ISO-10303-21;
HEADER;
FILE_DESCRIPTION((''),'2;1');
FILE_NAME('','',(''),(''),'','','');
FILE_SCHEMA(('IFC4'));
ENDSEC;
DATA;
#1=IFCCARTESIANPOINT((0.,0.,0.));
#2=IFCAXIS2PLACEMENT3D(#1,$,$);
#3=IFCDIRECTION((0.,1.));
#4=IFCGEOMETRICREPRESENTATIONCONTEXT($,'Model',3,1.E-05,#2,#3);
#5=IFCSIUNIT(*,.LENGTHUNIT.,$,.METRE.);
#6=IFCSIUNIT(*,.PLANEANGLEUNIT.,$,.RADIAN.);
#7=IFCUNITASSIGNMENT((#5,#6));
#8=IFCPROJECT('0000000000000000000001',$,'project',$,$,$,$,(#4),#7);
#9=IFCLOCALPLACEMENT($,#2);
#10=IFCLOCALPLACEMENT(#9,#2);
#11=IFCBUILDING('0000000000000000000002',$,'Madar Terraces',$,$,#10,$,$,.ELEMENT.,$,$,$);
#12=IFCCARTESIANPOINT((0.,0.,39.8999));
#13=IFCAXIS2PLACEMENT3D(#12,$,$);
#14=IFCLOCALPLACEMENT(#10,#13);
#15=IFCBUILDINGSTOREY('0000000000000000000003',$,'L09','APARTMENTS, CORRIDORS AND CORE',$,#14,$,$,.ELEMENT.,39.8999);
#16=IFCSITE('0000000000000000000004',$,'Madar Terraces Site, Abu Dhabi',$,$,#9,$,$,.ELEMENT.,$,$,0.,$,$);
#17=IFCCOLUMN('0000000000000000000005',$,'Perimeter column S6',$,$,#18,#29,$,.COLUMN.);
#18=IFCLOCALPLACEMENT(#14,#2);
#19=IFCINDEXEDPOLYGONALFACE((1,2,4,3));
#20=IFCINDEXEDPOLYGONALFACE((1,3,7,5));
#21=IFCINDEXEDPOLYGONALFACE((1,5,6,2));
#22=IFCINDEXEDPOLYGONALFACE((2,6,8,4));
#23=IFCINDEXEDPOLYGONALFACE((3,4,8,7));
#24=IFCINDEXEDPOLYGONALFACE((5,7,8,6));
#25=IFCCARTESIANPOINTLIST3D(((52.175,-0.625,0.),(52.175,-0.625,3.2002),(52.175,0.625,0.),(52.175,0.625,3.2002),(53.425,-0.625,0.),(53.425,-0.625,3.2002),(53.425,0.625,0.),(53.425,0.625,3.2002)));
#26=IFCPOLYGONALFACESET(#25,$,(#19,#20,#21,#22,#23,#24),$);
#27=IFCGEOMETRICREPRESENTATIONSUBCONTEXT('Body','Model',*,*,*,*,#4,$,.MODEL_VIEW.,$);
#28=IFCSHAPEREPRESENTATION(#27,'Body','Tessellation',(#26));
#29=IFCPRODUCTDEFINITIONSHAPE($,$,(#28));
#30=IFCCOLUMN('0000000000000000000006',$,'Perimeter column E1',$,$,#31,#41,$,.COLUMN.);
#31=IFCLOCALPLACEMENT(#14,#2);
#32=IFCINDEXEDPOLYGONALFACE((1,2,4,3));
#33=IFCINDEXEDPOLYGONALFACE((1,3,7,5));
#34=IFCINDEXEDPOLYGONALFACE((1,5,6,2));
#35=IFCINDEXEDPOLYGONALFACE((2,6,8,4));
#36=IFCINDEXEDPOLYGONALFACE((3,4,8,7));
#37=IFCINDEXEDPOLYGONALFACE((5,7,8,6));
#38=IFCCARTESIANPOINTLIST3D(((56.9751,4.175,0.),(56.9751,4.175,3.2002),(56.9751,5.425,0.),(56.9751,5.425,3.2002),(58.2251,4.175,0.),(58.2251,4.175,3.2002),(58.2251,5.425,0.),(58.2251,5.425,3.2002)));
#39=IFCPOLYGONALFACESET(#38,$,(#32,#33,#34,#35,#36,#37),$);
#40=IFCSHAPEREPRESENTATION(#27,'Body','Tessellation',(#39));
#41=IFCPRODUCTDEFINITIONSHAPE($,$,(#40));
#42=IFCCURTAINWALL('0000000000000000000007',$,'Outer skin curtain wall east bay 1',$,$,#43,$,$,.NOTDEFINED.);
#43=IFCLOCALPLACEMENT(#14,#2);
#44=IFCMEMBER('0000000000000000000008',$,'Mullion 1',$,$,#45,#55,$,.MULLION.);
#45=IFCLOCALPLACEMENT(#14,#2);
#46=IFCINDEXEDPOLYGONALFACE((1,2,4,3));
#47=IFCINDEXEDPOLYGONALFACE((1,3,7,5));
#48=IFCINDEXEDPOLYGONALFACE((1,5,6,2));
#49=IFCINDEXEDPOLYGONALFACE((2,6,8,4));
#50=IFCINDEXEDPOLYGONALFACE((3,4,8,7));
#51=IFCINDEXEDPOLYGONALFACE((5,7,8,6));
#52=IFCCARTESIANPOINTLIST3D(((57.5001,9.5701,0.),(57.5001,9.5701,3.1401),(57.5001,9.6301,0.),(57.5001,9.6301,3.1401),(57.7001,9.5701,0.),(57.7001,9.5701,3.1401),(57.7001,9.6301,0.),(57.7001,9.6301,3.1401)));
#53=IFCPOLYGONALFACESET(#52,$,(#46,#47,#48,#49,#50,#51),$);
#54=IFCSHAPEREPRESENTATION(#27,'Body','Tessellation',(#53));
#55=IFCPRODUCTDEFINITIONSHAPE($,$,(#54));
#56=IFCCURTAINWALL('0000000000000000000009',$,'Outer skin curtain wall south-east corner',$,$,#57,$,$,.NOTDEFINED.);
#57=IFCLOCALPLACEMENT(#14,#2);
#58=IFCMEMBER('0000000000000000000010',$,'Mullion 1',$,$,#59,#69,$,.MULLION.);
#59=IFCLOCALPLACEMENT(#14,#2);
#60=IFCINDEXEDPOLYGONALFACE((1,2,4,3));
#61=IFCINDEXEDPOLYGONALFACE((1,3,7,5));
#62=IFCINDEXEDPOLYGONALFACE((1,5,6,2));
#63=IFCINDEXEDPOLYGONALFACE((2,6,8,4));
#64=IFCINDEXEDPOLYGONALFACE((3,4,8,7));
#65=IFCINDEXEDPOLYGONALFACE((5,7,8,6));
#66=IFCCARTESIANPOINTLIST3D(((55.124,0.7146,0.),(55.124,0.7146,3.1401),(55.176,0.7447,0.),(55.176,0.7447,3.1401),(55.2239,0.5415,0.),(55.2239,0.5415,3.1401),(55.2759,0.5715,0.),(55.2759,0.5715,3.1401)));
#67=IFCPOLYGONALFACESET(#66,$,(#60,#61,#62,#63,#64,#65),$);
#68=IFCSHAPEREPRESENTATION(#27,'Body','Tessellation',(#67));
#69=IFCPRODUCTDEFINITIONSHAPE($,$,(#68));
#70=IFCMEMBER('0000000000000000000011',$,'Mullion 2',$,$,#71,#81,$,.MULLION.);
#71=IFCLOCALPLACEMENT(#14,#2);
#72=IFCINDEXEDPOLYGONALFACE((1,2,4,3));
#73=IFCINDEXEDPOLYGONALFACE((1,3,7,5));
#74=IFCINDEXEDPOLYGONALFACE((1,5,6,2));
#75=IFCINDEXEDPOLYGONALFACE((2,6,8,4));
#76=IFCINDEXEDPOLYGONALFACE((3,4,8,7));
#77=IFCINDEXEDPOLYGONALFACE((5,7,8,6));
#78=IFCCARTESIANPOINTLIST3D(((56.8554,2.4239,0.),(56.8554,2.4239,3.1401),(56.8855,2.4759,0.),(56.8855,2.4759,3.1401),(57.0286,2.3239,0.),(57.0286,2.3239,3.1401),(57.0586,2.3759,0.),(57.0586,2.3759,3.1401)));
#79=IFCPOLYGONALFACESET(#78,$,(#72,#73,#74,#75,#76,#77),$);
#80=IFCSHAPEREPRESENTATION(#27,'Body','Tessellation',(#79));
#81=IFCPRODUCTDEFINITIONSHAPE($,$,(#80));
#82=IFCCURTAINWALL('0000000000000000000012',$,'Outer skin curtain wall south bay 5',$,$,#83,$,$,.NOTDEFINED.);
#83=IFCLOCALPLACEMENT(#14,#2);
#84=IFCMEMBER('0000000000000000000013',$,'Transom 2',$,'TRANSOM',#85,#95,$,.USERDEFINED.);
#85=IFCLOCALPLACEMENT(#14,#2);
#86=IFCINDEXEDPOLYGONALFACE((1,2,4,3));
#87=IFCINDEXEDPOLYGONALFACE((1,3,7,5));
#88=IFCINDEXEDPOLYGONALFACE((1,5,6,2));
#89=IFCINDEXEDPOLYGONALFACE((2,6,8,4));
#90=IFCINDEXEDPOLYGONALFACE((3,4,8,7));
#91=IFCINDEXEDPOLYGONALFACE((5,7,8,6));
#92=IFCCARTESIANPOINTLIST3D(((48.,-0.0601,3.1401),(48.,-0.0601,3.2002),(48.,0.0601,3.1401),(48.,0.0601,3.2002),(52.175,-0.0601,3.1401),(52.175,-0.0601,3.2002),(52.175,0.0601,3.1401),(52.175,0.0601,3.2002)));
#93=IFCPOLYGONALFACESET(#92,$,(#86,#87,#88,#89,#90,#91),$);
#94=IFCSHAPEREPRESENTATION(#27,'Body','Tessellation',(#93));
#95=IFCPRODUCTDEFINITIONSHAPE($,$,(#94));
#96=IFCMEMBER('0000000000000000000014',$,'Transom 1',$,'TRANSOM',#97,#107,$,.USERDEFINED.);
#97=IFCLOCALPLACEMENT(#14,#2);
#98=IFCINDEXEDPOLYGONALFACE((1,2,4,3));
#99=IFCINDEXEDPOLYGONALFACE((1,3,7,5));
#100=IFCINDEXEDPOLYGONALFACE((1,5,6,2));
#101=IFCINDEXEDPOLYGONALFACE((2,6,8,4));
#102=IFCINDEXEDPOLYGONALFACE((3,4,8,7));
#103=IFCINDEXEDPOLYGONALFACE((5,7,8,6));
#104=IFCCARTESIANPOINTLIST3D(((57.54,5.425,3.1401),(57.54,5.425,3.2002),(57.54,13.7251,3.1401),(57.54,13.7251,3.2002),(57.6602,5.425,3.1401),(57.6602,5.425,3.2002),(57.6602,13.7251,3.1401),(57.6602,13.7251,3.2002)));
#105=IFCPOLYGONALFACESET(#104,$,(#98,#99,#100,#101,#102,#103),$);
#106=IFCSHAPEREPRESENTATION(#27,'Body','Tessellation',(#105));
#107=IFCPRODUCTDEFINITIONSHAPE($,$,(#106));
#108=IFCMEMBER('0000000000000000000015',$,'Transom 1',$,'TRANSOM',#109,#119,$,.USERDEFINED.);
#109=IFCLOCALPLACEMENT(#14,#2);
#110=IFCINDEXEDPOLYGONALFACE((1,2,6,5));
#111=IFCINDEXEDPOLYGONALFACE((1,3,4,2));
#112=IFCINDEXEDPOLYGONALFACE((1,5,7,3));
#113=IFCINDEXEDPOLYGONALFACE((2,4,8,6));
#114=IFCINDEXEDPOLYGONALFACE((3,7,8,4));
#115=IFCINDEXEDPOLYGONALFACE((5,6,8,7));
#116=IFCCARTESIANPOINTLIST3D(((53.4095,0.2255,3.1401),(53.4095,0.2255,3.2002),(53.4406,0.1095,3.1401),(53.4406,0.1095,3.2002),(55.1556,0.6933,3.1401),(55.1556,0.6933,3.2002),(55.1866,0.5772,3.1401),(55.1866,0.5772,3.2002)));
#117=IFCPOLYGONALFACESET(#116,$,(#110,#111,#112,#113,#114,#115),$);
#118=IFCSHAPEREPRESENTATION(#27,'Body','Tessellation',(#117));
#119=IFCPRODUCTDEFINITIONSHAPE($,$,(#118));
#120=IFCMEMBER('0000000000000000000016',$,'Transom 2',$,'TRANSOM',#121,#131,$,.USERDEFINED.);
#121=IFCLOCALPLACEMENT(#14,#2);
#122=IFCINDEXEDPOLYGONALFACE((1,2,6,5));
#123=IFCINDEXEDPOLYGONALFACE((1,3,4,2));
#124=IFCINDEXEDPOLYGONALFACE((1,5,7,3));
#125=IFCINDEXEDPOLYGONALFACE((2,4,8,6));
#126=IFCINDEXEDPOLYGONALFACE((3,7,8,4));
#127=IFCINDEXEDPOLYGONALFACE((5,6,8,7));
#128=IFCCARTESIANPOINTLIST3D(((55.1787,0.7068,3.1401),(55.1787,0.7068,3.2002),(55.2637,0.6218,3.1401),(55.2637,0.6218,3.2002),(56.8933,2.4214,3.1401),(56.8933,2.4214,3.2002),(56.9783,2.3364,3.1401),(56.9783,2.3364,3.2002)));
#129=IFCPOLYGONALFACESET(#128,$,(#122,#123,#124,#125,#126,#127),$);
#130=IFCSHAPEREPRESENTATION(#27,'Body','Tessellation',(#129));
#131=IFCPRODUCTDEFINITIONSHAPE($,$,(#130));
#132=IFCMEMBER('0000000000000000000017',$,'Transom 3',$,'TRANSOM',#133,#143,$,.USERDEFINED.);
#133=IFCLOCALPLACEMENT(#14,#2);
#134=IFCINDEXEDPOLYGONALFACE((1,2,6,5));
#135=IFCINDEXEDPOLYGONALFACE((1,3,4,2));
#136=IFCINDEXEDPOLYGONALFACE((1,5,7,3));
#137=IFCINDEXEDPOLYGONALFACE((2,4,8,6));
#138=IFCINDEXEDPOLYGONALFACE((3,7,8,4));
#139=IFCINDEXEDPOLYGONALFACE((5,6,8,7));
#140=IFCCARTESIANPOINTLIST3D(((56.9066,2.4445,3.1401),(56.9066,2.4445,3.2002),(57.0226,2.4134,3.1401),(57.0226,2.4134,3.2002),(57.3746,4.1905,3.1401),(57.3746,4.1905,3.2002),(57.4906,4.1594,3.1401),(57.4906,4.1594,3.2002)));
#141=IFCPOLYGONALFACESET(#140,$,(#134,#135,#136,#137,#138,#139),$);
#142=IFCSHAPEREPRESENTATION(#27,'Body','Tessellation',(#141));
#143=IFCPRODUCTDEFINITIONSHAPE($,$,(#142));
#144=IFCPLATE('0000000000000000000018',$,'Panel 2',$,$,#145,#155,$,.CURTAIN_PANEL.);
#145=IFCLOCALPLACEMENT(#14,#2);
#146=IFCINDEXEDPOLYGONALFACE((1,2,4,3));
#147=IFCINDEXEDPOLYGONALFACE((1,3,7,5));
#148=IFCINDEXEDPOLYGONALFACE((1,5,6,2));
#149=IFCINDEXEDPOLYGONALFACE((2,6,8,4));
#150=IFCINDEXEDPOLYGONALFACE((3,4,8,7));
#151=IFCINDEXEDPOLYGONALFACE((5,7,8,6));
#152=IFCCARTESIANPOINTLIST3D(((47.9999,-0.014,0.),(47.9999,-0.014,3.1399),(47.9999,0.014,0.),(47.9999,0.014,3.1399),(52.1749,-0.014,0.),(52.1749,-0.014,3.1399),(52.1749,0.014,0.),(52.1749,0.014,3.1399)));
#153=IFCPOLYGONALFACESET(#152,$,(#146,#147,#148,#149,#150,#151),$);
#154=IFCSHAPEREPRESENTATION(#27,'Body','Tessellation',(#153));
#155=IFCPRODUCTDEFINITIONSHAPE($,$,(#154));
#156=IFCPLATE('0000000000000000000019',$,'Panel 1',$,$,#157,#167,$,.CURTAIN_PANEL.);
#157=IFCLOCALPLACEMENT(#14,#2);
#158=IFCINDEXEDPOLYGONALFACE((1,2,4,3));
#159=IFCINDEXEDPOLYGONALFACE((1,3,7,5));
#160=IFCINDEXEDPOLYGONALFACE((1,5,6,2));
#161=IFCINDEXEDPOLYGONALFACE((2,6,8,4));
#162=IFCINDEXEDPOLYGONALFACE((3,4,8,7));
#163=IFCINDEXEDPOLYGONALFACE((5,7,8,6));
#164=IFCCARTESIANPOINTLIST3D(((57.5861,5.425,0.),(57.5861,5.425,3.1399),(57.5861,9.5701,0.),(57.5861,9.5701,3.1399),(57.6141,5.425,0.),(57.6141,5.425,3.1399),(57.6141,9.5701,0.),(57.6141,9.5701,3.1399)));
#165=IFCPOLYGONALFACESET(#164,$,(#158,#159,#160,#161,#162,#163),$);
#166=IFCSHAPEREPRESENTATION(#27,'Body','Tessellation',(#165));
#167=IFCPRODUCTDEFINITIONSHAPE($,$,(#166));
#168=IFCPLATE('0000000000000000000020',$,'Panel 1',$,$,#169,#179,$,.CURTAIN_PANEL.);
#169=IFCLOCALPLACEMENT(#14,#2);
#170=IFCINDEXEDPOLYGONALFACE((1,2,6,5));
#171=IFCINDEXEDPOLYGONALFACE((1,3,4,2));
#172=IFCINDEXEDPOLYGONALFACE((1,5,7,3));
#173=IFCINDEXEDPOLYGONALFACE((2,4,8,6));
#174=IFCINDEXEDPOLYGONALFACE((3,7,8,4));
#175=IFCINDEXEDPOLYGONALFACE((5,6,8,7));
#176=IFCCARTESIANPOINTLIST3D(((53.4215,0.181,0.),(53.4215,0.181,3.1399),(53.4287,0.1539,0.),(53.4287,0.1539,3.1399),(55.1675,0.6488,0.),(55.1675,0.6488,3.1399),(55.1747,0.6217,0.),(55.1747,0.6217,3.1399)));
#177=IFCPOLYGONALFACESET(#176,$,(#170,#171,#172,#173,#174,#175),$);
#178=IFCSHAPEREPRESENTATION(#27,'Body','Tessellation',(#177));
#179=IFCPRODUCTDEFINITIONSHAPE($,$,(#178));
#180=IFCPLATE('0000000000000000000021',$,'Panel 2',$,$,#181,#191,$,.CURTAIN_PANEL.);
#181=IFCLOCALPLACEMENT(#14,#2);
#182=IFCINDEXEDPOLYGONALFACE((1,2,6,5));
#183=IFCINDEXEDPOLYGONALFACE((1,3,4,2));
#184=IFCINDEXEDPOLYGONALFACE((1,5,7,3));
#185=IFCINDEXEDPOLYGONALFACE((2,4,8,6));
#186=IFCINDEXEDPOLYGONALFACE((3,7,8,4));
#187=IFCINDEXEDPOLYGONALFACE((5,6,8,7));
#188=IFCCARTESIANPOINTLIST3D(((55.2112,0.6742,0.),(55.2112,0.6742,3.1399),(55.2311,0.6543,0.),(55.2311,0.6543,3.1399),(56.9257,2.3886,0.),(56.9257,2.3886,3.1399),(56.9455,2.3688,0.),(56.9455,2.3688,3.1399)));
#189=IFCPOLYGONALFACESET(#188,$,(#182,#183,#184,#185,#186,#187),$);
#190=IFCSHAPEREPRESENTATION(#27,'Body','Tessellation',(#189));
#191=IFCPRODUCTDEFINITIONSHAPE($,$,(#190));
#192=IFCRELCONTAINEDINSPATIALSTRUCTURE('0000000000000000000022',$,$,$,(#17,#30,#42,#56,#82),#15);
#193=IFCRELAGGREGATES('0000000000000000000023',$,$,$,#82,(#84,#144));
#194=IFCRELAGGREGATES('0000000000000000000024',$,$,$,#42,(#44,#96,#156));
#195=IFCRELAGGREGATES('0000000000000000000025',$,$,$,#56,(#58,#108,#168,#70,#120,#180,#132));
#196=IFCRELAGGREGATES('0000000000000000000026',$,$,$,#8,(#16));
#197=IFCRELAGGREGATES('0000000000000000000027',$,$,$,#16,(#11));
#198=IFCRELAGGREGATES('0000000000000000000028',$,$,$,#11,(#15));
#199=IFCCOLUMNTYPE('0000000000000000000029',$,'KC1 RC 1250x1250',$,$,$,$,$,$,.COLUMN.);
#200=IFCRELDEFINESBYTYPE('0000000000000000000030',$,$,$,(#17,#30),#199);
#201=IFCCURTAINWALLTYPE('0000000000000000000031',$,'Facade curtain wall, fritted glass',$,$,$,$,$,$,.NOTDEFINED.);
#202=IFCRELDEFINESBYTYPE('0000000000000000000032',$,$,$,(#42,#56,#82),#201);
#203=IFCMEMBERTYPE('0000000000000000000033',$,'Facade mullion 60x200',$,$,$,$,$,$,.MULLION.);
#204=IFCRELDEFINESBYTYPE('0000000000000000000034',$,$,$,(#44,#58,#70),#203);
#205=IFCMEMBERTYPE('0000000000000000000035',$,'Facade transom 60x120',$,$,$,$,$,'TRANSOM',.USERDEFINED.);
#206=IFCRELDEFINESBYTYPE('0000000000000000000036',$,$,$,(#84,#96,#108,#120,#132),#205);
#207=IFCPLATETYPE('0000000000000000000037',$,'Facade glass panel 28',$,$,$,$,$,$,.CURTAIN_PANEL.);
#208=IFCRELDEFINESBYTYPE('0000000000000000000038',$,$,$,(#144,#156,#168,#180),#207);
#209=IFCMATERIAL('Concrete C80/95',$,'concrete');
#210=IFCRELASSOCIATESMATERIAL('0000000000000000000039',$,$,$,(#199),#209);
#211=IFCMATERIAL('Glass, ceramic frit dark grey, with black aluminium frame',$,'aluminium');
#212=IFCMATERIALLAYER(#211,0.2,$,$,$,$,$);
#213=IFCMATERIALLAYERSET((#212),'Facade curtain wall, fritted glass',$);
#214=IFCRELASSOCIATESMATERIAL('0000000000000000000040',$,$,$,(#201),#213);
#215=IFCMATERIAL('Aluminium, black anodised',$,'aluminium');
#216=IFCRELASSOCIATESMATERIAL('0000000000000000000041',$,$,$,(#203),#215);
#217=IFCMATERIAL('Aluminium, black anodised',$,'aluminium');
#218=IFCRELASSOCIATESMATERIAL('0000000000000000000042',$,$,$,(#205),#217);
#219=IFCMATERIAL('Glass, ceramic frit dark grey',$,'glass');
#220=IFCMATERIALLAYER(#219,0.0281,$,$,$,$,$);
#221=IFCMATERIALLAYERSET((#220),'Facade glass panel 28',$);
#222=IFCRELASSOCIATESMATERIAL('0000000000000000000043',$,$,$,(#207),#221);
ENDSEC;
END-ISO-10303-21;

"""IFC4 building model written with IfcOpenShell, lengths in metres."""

from ifc_helpers import new_model, si_unit, direction, frame, origin, origin_2d, place, context, subcontext, project, spatial, rectangle, extrude, material, layer, layer_set, material_profile, profile_set, type_object, element, aggregate, save


model = new_model("IFC4")

# Units and contexts
model_context = context("Model", 3, precision=1e-05, world=origin(), true_north=direction((0.0, 1.0)))
body_context = subcontext(model_context, "Body", "Model", "MODEL_VIEW")
ifc_project = project(units=[si_unit("LENGTHUNIT", "METRE"), si_unit("PLANEANGLEUNIT", "RADIAN")], contexts=[model_context])

# Site, building, storey
site_placement = place(None, origin())
site = spatial("IfcSite", under=ifc_project, at=site_placement, Name="Madar Terraces Site, Abu Dhabi", CompositionType="ELEMENT", RefElevation=0.0)
building_placement = place(site_placement, origin())
building = spatial("IfcBuilding", under=site, at=building_placement, Name="Madar Terraces", CompositionType="ELEMENT")
storey_placement = place(building_placement, frame((0.0, 0.0, 39.8999)))
storey = spatial("IfcBuildingStorey", under=building, at=storey_placement, Name="L09", Description="APARTMENTS, CORRIDORS AND CORE", CompositionType="ELEMENT", Elevation=39.8999)

# Columns
ifc_material_1 = material(Name="Concrete C80/95", Category="concrete")
ifc_material_profile_1 = material_profile(ifc_material_1, rectangle(XDim=1.25, YDim=1.25, at=origin_2d()), Name="KC1 RC 1250x1250")
ifc_profile_set_1 = profile_set([ifc_material_profile_1], Name="Concrete C80/95")
column_type = type_object("IfcColumnType", Name="KC1 RC 1250x1250", PredefinedType="COLUMN", material=ifc_profile_set_1)
for number, where, z_axis, x_axis, name in (
    (1, (52.8, 0.0, 0.0), (0.0, 0.0, 1.0), (1.0, 0.0, 0.0), "Perimeter column S6"),
    (2, (57.6001, 4.8, 0.0), (0.0, 0.0, 1.0), (1.0, 0.0, 0.0), "Perimeter column E1"),
):
    element("IfcColumn", number, at=place(storey_placement, frame(where, z_axis=z_axis, x_axis=x_axis)), inside=storey, type_object=column_type, Name=name, PredefinedType="COLUMN", context=body_context, shape_type="SweptSolid", body=[
        extrude(rectangle(XDim=1.25, YDim=1.25, at=origin_2d()), origin(), (0.0, 0.0, 1.0), 3.2002),
    ])

# Curtain wall, member
ifc_material_2 = material(Name="Glass, ceramic frit dark grey, with black aluminium frame", Category="aluminium")
ifc_layer_1 = layer(ifc_material_2, 0.2)
ifc_layer_set_1 = layer_set([ifc_layer_1], Name="Facade curtain wall, fritted glass")
curtain_wall_type = type_object("IfcCurtainWallType", Name="Facade curtain wall, fritted glass", PredefinedType="NOTDEFINED", material=ifc_layer_set_1)
curtain_wall_1_placement = place(storey_placement, origin())
curtain_wall_1 = element("IfcCurtainWall", 3, at=curtain_wall_1_placement, inside=storey, type_object=curtain_wall_type, Name="Outer skin curtain wall east bay 1", PredefinedType="NOTDEFINED")
ifc_material_3 = material(Name="Aluminium, black anodised", Category="aluminium")
ifc_material_profile_2 = material_profile(ifc_material_3, rectangle(XDim=0.2, YDim=0.0601, at=origin_2d()), Name="Facade mullion 60x200")
ifc_profile_set_2 = profile_set([ifc_material_profile_2], Name="Aluminium, black anodised")
member_type_1 = type_object("IfcMemberType", Name="Facade mullion 60x200", PredefinedType="MULLION", material=ifc_profile_set_2)
member_1_placement = place(storey_placement, frame((57.6001, 9.6001, 0.0), z_axis=(0.0, 0.0, 1.0), x_axis=(-1.0, 0.0, 0.0)))
member_1 = element("IfcMember", 4, at=member_1_placement, type_object=member_type_1, Name="Mullion 1", PredefinedType="MULLION", context=body_context, shape_type="SweptSolid", body=[
    extrude(rectangle(XDim=0.2, YDim=0.0601, at=origin_2d()), origin(), (0.0, 0.0, 1.0), 3.1401),
])

# Curtain wall, members
curtain_wall_2_placement = place(storey_placement, origin())
curtain_wall_2 = element("IfcCurtainWall", 5, at=curtain_wall_2_placement, inside=storey, type_object=curtain_wall_type, Name="Outer skin curtain wall south-east corner", PredefinedType="NOTDEFINED")
member_2_placement = place(storey_placement, frame((55.2, 0.6431, 0.0), z_axis=(0.0, 0.0, 1.0), x_axis=(-0.5, 0.866025, 0.0)))
member_2 = element("IfcMember", 6, at=member_2_placement, type_object=member_type_1, Name="Mullion 1", PredefinedType="MULLION", context=body_context, shape_type="SweptSolid", body=[
    extrude(rectangle(XDim=0.2, YDim=0.0601, at=origin_2d()), origin(), (0.0, 0.0, 1.0), 3.1401),
])
member_3_placement = place(storey_placement, frame((56.957, 2.3999, 0.0), z_axis=(0.0, 0.0, 1.0), x_axis=(-0.866025, 0.5, 0.0)))
member_3 = element("IfcMember", 7, at=member_3_placement, type_object=member_type_1, Name="Mullion 2", PredefinedType="MULLION", context=body_context, shape_type="SweptSolid", body=[
    extrude(rectangle(XDim=0.2, YDim=0.0601, at=origin_2d()), origin(), (0.0, 0.0, 1.0), 3.1401),
])

# Curtain wall, member
curtain_wall_3_placement = place(storey_placement, origin())
curtain_wall_3 = element("IfcCurtainWall", 8, at=curtain_wall_3_placement, inside=storey, type_object=curtain_wall_type, Name="Outer skin curtain wall south bay 5", PredefinedType="NOTDEFINED")
ifc_material_4 = material(Name="Aluminium, black anodised", Category="aluminium")
ifc_material_profile_3 = material_profile(ifc_material_4, rectangle(XDim=0.1201, YDim=0.0601, at=origin_2d()), Name="Facade transom 60x120")
ifc_profile_set_3 = profile_set([ifc_material_profile_3], Name="Aluminium, black anodised")
member_type_2 = type_object("IfcMemberType", Name="Facade transom 60x120", ElementType="TRANSOM", PredefinedType="USERDEFINED", material=ifc_profile_set_3)
member_4_placement = place(storey_placement, frame((48.0, 0.0, 3.1702), z_axis=(1.0, 0.0, 0.0), x_axis=(0.0, 1.0, 0.0)))
member_4 = element("IfcMember", 9, at=member_4_placement, type_object=member_type_2, Name="Transom 2", ObjectType="TRANSOM", PredefinedType="USERDEFINED", context=body_context, shape_type="SweptSolid", body=[
    extrude(rectangle(XDim=0.1201, YDim=0.0601, at=origin_2d()), origin(), (0.0, 0.0, 1.0), 4.175),
])

# Members
member_5_placement = place(storey_placement, frame((57.6001, 5.425, 3.1702), z_axis=(0.0, 1.0, 0.0), x_axis=(-1.0, 0.0, 0.0)))
member_5 = element("IfcMember", 10, at=member_5_placement, type_object=member_type_2, Name="Transom 1", ObjectType="TRANSOM", PredefinedType="USERDEFINED", context=body_context, shape_type="SweptSolid", body=[
    extrude(rectangle(XDim=0.1201, YDim=0.0601, at=origin_2d()), origin(), (0.0, 0.0, 1.0), 8.3),
])
member_6_placement = place(storey_placement, frame((53.425, 0.1675, 3.1702), z_axis=(0.965938, 0.258772, 0.0), x_axis=(-0.258772, 0.965938, 0.0)))
member_6 = element("IfcMember", 11, at=member_6_placement, type_object=member_type_2, Name="Transom 1", ObjectType="TRANSOM", PredefinedType="USERDEFINED", context=body_context, shape_type="SweptSolid", body=[
    extrude(rectangle(XDim=0.1201, YDim=0.0601, at=origin_2d()), origin(), (0.0, 0.0, 1.0), 1.8076),
])
member_7_placement = place(storey_placement, frame((55.2212, 0.6643, 3.1702), z_axis=(0.707107, 0.707107, 0.0), x_axis=(-0.707107, 0.707107, 0.0)))
member_7 = element("IfcMember", 12, at=member_7_placement, type_object=member_type_2, Name="Transom 2", ObjectType="TRANSOM", PredefinedType="USERDEFINED", context=body_context, shape_type="SweptSolid", body=[
    extrude(rectangle(XDim=0.1201, YDim=0.0601, at=origin_2d()), origin(), (0.0, 0.0, 1.0), 2.4248),
])
member_8_placement = place(storey_placement, frame((56.9646, 2.429, 3.1702), z_axis=(0.258898, 0.965905, 0.0), x_axis=(-0.965905, 0.258898, 0.0)))
member_8 = element("IfcMember", 13, at=member_8_placement, type_object=member_type_2, Name="Transom 3", ObjectType="TRANSOM", PredefinedType="USERDEFINED", context=body_context, shape_type="SweptSolid", body=[
    extrude(rectangle(XDim=0.1201, YDim=0.0601, at=origin_2d()), origin(), (0.0, 0.0, 1.0), 1.8076),
])

# Plates
ifc_material_5 = material(Name="Glass, ceramic frit dark grey", Category="glass")
ifc_layer_2 = layer(ifc_material_5, 0.0281)
ifc_layer_set_2 = layer_set([ifc_layer_2], Name="Facade glass panel 28")
plate_type = type_object("IfcPlateType", Name="Facade glass panel 28", PredefinedType="CURTAIN_PANEL", material=ifc_layer_set_2)
plate_1_placement = place(storey_placement, frame((50.0874, 0.0, 0.0), z_axis=(0.0, 0.0, 1.0), x_axis=(1.0, 0.0, 0.0)))
plate_1 = element("IfcPlate", 14, at=plate_1_placement, type_object=plate_type, Name="Panel 2", PredefinedType="CURTAIN_PANEL", context=body_context, shape_type="SweptSolid", body=[
    extrude(rectangle(XDim=4.175, YDim=0.0281, at=origin_2d()), origin(), (0.0, 0.0, 1.0), 3.1399),
])
aggregate(curtain_wall_3, [member_4, plate_1])
plate_2_placement = place(storey_placement, frame((57.6001, 7.4976, 0.0), z_axis=(0.0, 0.0, 1.0), x_axis=(0.0, 1.0, 0.0)))
plate_2 = element("IfcPlate", 15, at=plate_2_placement, type_object=plate_type, Name="Panel 1", PredefinedType="CURTAIN_PANEL", context=body_context, shape_type="SweptSolid", body=[
    extrude(rectangle(XDim=4.145, YDim=0.0281, at=origin_2d()), origin(), (0.0, 0.0, 1.0), 3.1399),
])
aggregate(curtain_wall_1, [member_1, member_5, plate_2])
plate_3_placement = place(storey_placement, frame((54.2981, 0.4014, 0.0), z_axis=(0.0, 0.0, 1.0), x_axis=(0.965926, 0.258819, 0.0)))
plate_3 = element("IfcPlate", 16, at=plate_3_placement, type_object=plate_type, Name="Panel 1", PredefinedType="CURTAIN_PANEL", context=body_context, shape_type="SweptSolid", body=[
    extrude(rectangle(XDim=1.8076, YDim=0.0281, at=origin_2d()), origin(), (0.0, 0.0, 1.0), 3.1399),
])
plate_4_placement = place(storey_placement, frame((56.0784, 1.5215, 0.0), z_axis=(0.0, 0.0, 1.0), x_axis=(0.707107, 0.707107, 0.0)))
plate_4 = element("IfcPlate", 17, at=plate_4_placement, type_object=plate_type, Name="Panel 2", PredefinedType="CURTAIN_PANEL", context=body_context, shape_type="SweptSolid", body=[
    extrude(rectangle(XDim=2.4246, YDim=0.0281, at=origin_2d()), origin(), (0.0, 0.0, 1.0), 3.1399),
])
aggregate(curtain_wall_2, [member_2, member_6, plate_3, member_3, member_7, plate_4, member_8])

save(model, "model.ifc")
